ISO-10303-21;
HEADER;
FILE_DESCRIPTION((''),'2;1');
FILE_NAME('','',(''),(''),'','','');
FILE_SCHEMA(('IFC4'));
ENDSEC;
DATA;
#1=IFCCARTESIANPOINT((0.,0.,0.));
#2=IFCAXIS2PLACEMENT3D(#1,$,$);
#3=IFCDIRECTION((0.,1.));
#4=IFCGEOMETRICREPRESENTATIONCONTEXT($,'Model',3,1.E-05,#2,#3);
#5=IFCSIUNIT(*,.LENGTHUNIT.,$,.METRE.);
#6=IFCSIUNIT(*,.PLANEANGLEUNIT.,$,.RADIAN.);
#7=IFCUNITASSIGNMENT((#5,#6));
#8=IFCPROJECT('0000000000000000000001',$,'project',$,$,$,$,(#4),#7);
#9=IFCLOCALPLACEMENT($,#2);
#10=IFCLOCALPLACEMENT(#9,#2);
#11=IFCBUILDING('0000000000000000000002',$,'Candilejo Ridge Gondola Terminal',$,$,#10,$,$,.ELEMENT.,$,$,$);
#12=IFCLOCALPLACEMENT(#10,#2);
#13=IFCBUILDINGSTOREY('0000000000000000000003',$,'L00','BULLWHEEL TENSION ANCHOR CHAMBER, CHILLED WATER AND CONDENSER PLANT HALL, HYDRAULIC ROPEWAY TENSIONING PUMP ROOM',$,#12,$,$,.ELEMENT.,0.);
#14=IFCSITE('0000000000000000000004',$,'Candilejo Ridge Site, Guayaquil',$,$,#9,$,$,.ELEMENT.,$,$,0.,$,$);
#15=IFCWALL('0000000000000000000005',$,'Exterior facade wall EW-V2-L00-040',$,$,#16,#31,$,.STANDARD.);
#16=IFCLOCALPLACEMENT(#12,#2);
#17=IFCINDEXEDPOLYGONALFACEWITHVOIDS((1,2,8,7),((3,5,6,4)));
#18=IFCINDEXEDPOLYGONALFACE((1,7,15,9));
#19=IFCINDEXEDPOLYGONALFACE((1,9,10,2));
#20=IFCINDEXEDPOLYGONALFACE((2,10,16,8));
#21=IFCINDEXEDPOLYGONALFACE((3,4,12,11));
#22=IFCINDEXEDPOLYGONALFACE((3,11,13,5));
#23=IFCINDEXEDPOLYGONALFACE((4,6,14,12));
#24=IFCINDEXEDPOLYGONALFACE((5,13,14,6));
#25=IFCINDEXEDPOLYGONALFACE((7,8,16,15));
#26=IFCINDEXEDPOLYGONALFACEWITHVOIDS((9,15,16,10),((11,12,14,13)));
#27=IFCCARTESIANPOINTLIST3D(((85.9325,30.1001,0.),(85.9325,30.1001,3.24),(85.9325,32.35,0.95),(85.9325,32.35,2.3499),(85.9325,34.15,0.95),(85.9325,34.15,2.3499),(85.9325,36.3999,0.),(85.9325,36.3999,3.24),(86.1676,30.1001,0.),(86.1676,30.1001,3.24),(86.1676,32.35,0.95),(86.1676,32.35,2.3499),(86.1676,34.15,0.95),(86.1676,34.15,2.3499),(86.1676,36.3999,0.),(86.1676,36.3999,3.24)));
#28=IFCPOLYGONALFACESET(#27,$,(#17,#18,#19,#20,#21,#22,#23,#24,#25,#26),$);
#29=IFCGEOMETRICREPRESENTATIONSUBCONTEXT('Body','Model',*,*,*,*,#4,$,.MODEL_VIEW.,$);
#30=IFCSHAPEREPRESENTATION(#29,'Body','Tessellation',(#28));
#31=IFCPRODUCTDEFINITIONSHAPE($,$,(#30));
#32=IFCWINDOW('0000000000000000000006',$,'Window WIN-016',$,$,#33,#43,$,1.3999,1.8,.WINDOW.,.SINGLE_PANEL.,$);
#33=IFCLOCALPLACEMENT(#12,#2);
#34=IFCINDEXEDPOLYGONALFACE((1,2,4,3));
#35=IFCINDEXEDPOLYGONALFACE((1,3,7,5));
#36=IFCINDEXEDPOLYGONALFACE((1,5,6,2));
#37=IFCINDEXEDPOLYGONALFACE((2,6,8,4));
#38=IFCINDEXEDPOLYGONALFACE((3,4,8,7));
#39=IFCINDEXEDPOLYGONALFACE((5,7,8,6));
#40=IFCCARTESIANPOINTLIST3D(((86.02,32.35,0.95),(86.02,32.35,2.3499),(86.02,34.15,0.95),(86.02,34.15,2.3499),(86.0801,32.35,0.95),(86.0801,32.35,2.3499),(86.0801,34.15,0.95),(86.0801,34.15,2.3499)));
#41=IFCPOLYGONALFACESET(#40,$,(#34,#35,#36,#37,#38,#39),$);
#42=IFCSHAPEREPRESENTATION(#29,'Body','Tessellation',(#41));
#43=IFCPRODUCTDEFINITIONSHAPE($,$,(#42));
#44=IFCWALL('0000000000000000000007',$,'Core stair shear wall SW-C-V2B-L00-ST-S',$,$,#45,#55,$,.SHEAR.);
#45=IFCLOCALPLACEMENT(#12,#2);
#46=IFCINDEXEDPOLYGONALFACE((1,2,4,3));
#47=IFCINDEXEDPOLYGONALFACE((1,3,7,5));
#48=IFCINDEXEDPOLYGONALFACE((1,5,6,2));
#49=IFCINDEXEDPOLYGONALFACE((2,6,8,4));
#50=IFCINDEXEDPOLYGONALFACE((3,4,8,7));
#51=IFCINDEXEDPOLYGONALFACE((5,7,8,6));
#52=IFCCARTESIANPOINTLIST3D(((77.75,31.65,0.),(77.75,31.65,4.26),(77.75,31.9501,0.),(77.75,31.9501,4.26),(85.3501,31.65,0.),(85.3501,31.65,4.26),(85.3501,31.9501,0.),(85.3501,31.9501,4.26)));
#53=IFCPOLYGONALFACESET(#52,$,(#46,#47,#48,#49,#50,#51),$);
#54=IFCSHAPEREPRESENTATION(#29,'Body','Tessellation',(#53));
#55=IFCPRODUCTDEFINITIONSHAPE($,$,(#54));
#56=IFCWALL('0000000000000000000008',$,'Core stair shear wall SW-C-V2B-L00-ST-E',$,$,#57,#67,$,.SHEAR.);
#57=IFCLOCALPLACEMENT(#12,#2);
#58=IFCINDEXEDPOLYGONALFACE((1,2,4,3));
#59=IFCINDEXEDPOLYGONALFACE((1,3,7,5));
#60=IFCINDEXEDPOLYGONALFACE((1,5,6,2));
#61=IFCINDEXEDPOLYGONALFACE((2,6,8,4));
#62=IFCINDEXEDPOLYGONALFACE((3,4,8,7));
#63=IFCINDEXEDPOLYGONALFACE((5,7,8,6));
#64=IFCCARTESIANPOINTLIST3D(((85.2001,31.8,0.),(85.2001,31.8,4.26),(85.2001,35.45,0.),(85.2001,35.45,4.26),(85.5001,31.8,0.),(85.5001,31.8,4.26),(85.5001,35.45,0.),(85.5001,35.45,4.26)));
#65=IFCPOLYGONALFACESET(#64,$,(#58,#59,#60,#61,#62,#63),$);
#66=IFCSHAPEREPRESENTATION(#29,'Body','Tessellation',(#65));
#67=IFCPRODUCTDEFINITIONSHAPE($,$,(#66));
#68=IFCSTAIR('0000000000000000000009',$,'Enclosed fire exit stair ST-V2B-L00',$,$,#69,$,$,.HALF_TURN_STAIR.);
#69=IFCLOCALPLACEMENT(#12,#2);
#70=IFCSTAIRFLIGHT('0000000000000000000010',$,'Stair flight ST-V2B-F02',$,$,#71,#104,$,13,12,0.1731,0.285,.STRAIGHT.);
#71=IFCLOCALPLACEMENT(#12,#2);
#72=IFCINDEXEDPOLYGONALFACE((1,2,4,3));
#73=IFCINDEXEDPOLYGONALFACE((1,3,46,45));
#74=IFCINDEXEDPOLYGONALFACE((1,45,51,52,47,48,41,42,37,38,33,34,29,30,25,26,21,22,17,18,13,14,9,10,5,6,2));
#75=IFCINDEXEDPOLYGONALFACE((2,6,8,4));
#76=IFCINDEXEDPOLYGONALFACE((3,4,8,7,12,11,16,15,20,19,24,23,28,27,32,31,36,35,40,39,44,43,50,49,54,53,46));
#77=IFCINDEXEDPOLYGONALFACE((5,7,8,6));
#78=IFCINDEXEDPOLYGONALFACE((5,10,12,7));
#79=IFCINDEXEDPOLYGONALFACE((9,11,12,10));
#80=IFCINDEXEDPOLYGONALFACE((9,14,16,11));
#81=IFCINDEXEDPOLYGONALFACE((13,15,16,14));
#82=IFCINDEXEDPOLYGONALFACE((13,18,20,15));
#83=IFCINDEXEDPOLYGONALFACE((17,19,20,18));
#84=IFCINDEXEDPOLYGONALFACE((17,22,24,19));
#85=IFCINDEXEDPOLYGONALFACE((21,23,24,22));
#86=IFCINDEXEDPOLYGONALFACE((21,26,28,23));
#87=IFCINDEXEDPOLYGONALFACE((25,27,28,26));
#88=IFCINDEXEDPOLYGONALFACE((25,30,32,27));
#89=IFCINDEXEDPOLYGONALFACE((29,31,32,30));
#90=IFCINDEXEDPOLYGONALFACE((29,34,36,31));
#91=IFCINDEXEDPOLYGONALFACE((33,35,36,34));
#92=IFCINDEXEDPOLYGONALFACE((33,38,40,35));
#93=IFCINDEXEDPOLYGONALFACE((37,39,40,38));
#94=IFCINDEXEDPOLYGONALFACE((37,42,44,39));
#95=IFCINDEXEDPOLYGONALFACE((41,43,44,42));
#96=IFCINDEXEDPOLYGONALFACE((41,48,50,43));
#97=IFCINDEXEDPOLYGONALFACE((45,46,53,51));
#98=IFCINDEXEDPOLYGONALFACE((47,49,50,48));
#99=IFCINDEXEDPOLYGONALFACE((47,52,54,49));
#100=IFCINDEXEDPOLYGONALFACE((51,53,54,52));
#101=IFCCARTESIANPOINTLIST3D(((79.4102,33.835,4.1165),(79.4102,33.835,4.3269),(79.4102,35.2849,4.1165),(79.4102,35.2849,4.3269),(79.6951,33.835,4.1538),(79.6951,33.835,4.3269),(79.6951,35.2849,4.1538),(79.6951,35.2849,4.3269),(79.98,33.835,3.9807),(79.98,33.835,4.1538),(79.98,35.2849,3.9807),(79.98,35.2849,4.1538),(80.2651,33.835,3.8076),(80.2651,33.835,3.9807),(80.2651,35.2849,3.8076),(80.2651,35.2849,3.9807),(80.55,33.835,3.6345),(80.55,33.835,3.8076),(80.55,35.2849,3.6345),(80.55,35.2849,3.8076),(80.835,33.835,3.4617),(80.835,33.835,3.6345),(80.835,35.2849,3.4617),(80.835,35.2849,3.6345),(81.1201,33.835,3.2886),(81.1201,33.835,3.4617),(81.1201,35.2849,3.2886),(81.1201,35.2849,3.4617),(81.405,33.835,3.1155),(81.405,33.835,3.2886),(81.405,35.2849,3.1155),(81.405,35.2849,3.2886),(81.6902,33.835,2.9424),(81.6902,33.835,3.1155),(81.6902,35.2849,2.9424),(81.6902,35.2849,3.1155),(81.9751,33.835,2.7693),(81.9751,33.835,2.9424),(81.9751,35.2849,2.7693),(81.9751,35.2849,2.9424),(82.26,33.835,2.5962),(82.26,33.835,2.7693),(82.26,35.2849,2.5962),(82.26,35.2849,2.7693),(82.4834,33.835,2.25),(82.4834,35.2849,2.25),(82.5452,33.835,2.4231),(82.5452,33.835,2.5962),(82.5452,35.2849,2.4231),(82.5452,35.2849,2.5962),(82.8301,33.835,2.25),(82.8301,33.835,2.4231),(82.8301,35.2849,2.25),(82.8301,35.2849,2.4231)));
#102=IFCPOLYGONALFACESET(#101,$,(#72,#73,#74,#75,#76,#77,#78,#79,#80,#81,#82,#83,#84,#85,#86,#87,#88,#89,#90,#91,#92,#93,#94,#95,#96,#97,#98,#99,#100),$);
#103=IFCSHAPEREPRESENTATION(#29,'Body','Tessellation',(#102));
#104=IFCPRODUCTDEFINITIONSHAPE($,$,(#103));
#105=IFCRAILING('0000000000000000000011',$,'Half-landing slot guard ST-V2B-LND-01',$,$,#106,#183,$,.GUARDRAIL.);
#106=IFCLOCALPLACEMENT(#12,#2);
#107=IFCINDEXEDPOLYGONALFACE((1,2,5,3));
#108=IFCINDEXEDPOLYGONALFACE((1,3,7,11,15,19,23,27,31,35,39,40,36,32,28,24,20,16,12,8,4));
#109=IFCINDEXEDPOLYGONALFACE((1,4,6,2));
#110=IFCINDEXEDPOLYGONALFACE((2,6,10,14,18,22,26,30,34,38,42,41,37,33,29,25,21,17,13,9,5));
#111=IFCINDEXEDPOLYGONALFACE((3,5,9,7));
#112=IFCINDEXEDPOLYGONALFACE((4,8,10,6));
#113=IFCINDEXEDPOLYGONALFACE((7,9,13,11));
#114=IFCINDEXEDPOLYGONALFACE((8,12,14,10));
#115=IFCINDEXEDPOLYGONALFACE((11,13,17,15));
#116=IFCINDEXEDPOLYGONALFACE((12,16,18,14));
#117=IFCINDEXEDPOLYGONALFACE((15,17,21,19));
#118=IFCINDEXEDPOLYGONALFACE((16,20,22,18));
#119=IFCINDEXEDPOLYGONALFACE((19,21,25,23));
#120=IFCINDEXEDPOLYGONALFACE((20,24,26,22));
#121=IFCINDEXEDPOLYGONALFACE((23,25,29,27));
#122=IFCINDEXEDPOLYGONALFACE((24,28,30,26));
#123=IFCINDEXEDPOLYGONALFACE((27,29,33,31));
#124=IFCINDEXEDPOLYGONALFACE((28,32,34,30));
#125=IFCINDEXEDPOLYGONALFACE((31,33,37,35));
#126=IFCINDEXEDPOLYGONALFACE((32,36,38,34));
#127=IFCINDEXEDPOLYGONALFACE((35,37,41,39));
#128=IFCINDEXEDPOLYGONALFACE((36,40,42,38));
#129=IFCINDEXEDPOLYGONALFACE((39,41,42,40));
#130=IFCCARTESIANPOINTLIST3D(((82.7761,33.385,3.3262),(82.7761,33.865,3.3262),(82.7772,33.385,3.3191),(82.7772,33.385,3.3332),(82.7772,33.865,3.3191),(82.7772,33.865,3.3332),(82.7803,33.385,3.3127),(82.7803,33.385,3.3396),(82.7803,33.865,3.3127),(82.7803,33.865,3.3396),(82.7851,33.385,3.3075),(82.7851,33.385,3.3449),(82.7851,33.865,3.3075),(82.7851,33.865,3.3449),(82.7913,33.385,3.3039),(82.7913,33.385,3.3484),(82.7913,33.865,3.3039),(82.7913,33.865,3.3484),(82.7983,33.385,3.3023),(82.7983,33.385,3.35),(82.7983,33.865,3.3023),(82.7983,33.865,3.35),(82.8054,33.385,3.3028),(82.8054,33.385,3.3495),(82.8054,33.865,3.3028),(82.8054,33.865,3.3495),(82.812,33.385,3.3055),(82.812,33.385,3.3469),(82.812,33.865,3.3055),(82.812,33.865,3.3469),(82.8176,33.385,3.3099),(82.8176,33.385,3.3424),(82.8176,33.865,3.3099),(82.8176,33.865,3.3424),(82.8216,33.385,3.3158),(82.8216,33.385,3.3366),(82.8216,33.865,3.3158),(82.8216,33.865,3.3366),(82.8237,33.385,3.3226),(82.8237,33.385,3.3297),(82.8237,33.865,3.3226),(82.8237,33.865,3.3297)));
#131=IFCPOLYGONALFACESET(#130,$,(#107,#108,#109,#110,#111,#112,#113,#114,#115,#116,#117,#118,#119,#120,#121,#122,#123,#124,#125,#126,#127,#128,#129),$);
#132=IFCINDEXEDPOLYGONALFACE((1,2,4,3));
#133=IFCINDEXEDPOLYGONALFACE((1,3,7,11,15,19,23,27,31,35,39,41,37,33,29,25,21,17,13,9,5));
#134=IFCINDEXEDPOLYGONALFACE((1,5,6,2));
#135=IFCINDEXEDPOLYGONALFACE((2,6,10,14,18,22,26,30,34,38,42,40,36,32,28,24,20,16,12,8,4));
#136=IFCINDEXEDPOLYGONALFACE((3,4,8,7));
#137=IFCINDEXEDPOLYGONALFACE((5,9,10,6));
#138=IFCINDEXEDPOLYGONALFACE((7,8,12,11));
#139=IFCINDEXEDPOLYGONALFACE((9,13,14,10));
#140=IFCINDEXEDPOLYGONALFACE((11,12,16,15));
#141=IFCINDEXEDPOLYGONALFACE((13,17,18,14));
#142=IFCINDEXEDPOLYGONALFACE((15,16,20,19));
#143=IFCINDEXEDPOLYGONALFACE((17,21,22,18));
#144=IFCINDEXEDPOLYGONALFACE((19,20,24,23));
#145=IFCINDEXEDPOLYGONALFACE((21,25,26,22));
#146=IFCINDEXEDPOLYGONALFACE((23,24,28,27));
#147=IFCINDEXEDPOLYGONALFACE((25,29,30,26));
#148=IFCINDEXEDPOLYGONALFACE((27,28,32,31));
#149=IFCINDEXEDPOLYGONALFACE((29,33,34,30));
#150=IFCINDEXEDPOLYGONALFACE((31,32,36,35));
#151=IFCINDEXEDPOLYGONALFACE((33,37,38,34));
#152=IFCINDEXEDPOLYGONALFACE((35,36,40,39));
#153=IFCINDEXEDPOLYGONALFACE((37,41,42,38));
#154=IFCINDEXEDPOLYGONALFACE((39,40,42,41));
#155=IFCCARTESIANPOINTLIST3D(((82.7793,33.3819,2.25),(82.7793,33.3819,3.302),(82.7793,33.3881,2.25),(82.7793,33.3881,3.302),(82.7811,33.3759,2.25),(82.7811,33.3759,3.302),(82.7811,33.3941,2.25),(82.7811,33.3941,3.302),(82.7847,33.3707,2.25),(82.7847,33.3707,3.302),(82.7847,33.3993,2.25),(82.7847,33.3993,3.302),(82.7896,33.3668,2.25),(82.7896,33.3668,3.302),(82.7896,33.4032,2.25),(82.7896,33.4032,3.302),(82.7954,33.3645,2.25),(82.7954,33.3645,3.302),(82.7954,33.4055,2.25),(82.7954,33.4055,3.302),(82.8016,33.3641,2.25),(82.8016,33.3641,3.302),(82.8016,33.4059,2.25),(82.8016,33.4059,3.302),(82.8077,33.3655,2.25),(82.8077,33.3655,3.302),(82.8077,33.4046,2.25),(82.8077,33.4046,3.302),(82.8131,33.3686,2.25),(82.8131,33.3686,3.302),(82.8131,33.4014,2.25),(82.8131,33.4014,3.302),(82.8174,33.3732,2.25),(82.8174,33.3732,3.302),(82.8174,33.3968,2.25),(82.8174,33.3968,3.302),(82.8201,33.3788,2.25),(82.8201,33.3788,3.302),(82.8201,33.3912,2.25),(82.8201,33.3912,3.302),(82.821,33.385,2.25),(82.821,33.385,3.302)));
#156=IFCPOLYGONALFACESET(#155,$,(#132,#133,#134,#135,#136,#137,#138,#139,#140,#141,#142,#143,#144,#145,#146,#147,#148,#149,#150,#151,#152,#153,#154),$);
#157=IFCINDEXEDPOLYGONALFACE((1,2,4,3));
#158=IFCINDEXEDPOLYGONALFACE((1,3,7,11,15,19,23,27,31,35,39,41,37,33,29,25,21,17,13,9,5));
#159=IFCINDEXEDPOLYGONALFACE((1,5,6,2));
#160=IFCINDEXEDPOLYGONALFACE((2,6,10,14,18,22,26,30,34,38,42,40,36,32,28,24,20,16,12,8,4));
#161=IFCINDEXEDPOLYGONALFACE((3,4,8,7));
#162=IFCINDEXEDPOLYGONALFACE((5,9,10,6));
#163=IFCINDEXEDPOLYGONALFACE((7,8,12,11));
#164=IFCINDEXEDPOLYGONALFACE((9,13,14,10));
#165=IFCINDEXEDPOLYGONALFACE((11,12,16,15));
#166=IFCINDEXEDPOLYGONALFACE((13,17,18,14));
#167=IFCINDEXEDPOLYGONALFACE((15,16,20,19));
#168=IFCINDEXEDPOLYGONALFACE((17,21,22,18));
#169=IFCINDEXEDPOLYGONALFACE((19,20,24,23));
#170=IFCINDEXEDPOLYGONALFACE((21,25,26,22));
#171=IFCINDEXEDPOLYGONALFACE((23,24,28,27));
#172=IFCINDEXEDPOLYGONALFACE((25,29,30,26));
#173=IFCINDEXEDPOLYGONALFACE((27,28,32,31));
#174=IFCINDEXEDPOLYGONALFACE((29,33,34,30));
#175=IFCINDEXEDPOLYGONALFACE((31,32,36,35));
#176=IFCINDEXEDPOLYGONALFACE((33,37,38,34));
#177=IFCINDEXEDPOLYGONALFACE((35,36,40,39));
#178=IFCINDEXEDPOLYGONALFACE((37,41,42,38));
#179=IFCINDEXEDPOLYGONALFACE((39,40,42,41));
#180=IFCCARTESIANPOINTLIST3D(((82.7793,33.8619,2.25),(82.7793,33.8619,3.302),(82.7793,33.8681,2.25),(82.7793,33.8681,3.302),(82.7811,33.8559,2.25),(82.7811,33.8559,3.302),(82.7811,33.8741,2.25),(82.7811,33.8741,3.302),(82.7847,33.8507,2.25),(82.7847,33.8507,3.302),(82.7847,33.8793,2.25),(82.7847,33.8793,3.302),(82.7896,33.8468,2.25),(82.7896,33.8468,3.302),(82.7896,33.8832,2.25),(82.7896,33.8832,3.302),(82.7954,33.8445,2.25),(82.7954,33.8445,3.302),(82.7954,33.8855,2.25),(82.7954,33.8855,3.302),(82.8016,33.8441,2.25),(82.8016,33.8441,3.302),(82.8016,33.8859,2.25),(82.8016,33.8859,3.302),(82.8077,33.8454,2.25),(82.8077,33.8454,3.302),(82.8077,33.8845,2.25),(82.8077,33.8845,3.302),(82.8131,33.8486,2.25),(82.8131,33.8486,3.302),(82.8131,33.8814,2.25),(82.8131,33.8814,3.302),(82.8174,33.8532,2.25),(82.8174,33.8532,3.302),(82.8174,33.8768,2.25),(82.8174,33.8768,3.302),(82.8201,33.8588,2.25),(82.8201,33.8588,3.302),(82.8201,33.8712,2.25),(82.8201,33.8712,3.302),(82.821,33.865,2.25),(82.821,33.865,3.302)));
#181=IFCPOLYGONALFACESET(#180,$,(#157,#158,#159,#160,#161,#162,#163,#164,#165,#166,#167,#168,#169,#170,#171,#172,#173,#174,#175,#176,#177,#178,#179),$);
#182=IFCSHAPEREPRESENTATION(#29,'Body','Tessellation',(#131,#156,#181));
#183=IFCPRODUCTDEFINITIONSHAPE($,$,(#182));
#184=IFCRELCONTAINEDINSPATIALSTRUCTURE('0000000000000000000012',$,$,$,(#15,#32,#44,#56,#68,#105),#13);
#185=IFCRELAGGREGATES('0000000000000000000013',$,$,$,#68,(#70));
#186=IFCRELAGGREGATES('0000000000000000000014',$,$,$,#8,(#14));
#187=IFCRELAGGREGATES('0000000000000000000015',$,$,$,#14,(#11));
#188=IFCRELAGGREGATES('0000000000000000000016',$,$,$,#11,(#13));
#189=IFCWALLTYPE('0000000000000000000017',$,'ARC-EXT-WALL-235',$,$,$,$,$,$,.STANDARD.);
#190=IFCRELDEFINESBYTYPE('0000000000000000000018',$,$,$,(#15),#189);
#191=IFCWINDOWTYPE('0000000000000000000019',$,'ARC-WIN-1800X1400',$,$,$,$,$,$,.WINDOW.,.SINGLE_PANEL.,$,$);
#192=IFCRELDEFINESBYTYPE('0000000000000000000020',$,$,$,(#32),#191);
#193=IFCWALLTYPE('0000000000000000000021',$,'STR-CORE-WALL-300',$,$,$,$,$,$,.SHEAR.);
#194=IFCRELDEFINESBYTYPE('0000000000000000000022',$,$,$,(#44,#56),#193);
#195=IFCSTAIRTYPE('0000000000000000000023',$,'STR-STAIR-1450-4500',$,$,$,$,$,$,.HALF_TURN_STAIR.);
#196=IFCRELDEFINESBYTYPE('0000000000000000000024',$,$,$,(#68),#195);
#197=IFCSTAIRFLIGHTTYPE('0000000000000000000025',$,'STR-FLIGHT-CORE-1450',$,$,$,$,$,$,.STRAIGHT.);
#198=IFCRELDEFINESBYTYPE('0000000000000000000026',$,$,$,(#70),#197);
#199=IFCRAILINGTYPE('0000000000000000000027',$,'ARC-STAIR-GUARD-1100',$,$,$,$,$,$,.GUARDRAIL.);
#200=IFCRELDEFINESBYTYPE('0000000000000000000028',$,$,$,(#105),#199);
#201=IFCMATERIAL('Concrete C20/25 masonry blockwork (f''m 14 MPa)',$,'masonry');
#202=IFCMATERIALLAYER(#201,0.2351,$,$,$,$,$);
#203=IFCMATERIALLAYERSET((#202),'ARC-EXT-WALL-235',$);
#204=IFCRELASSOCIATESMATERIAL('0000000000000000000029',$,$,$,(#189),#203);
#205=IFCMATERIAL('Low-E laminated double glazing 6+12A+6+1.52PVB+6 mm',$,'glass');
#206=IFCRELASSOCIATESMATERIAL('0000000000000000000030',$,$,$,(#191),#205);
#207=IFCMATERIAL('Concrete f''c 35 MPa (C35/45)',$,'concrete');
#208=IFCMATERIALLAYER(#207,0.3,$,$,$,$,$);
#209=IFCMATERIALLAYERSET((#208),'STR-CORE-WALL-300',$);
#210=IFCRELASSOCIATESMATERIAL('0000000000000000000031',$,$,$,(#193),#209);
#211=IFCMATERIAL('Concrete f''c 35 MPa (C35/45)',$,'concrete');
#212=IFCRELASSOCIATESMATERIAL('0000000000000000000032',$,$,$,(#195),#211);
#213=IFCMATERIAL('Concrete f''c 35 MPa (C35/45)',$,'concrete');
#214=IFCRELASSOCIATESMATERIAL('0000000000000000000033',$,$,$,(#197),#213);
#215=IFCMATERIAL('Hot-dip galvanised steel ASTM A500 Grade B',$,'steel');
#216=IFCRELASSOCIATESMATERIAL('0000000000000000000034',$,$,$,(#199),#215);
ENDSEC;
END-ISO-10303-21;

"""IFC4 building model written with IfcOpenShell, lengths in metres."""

from ifc_helpers import new_model, si_unit, direction, frame, frame_2d, origin, origin_2d, place, context, subcontext, project, spatial, polyline, rectangle, circle, outline, extrude, material, layer, layer_set, type_object, element, fill, aggregate, save


model = new_model("IFC4")

# Units and contexts
model_context = context("Model", 3, precision=1e-05, world=origin(), true_north=direction((0.0, 1.0)))
body_context = subcontext(model_context, "Body", "Model", "MODEL_VIEW")
ifc_project = project(units=[si_unit("LENGTHUNIT", "METRE"), si_unit("PLANEANGLEUNIT", "RADIAN")], contexts=[model_context])

# Site, building, storey
site_placement = place(None, origin())
site = spatial("IfcSite", under=ifc_project, at=site_placement, Name="Candilejo Ridge Site, Guayaquil", CompositionType="ELEMENT", RefElevation=0.0)
building_placement = place(site_placement, origin())
building = spatial("IfcBuilding", under=site, at=building_placement, Name="Candilejo Ridge Gondola Terminal", CompositionType="ELEMENT")
storey_placement = place(building_placement, origin())
storey = spatial("IfcBuildingStorey", under=building, at=storey_placement, Name="L00", Description="BULLWHEEL TENSION ANCHOR CHAMBER, CHILLED WATER AND CONDENSER PLANT HALL, HYDRAULIC ROPEWAY TENSIONING PUMP ROOM", CompositionType="ELEMENT", Elevation=0.0)

# Wall, opening, window
ifc_material_1 = material(Name="Concrete C20/25 masonry blockwork (f'm 14 MPa)", Category="masonry")
ifc_layer_1 = layer(ifc_material_1, 0.2351)
ifc_layer_set_1 = layer_set([ifc_layer_1], Name="ARC-EXT-WALL-235")
wall_type_1 = type_object("IfcWallType", Name="ARC-EXT-WALL-235", PredefinedType="STANDARD", material=ifc_layer_set_1)
wall_1_placement = place(storey_placement, frame((86.05, 36.3999, 0.0), z_axis=(0.0, 0.0, 1.0), x_axis=(0.0, -1.0, 0.0)))
wall_1 = element("IfcWall", 1, at=wall_1_placement, inside=storey, type_object=wall_type_1, Name="Exterior facade wall EW-V2-L00-040", PredefinedType="STANDARD", context=body_context, shape_type="SweptSolid", body=[
    extrude(rectangle(XDim=6.2998, YDim=0.2351, at=frame_2d((3.1499, 0.0))), origin(), (0.0, 0.0, 1.0), 3.24),
])
opening_1_placement = place(wall_1_placement, frame((2.25, 0.0, 0.95)))
opening_1 = element("IfcOpeningElement", 2, at=opening_1_placement, cuts=wall_1, PredefinedType="OPENING", context=body_context, shape_type="SweptSolid", body=[
    extrude(rectangle(XDim=1.8, YDim=1.3999, at=frame_2d((0.8999, 0.7))), frame((0.0, 0.1274, 0.0), z_axis=(0.0, -1.0, 0.0), x_axis=(1.0, 0.0, 0.0)), (0.0, 0.0, 1.0), 0.2551),
])
ifc_material_2 = material(Name="Low-E laminated double glazing 6+12A+6+1.52PVB+6 mm", Category="glass")
window_type_1 = type_object("IfcWindowType", Name="ARC-WIN-1800X1400", PartitioningType="SINGLE_PANEL", PredefinedType="WINDOW", material=ifc_material_2)
window_1_placement = place(opening_1_placement, origin())
window_1 = element("IfcWindow", 3, at=window_1_placement, inside=storey, type_object=window_type_1, Name="Window WIN-016", OverallHeight=1.3999, OverallWidth=1.8, PartitioningType="SINGLE_PANEL", PredefinedType="WINDOW", context=body_context, shape_type="SweptSolid", body=[
    extrude(rectangle(XDim=1.8, YDim=1.3999, at=frame_2d((0.8999, 0.7))), frame((0.0, 0.03, 0.0), z_axis=(0.0, -1.0, 0.0), x_axis=(1.0, 0.0, 0.0)), (0.0, 0.0, 1.0), 0.0601),
])
fill(opening_1, window_1)

# Walls
ifc_material_3 = material(Name="Concrete f'c 35 MPa (C35/45)", Category="concrete")
ifc_layer_2 = layer(ifc_material_3, 0.3)
ifc_layer_set_2 = layer_set([ifc_layer_2], Name="STR-CORE-WALL-300")
wall_type_2 = type_object("IfcWallType", Name="STR-CORE-WALL-300", PredefinedType="SHEAR", material=ifc_layer_set_2)
wall_2_placement = place(storey_placement, frame((85.3501, 31.8, 0.0), z_axis=(0.0, 0.0, 1.0), x_axis=(-1.0, 0.0, 0.0)))
element("IfcWall", 4, at=wall_2_placement, inside=storey, type_object=wall_type_2, Name="Core stair shear wall SW-C-V2B-L00-ST-S", PredefinedType="SHEAR", context=body_context, shape_type="SweptSolid", body=[
    extrude(rectangle(XDim=7.6001, YDim=0.3, at=frame_2d((3.8, 0.0))), origin(), (0.0, 0.0, 1.0), 4.26),
])
wall_3_placement = place(storey_placement, frame((85.3501, 35.45, 0.0), z_axis=(0.0, 0.0, 1.0), x_axis=(0.0, -1.0, 0.0)))
element("IfcWall", 5, at=wall_3_placement, inside=storey, type_object=wall_type_2, Name="Core stair shear wall SW-C-V2B-L00-ST-E", PredefinedType="SHEAR", context=body_context, shape_type="SweptSolid", body=[
    extrude(rectangle(XDim=3.6499, YDim=0.3, at=frame_2d((1.825, 0.0))), origin(), (0.0, 0.0, 1.0), 4.26),
])

# Stair, stair flight
ifc_material_4 = material(Name="Concrete f'c 35 MPa (C35/45)", Category="concrete")
stair_type = type_object("IfcStairType", Name="STR-STAIR-1450-4500", PredefinedType="HALF_TURN_STAIR", material=ifc_material_4)
stair_placement = place(storey_placement, origin())
stair = element("IfcStair", 6, at=stair_placement, inside=storey, type_object=stair_type, Name="Enclosed fire exit stair ST-V2B-L00", PredefinedType="HALF_TURN_STAIR")
ifc_material_5 = material(Name="Concrete f'c 35 MPa (C35/45)", Category="concrete")
stair_flight_type = type_object("IfcStairFlightType", Name="STR-FLIGHT-CORE-1450", PredefinedType="STRAIGHT", material=ifc_material_5)
stair_flight_placement = place(storey_placement, frame((82.8301, 34.5601, 2.25), z_axis=(0.0, 0.0, 1.0), x_axis=(-1.0, 0.0, 0.0)))
stair_flight = element("IfcStairFlight", 7, at=stair_flight_placement, type_object=stair_flight_type, Name="Stair flight ST-V2B-F02", NumberOfRisers=13, NumberOfTreads=12, PredefinedType="STRAIGHT", RiserHeight=0.1731, TreadLength=0.285, context=body_context, shape_type="SweptSolid", body=[
    extrude(outline(polyline([(0.0, 0.0), (0.0, 0.1731), (0.2849, 0.1731), (0.2849, 0.3462), (0.5701, 0.3462), (0.5701, 0.5193), (0.855, 0.5193), (0.855, 0.6924), (1.1399, 0.6924), (1.1399, 0.8655), (1.425, 0.8655), (1.425, 1.0386), (1.71, 1.0386), (1.71, 1.2117), (1.9951, 1.2117), (1.9951, 1.3845), (2.28, 1.3845), (2.28, 1.5576), (2.5649, 1.5576), (2.5649, 1.7307), (2.8501, 1.7307), (2.8501, 1.9038), (3.135, 1.9038), (3.135, 2.0769), (3.4199, 2.0769), (3.4199, 2.25), (3.4199, 1.8665), (0.3467, 0.0), (0.0, 0.0)])), frame((0.0, 0.7251, 0.0), z_axis=(0.0, -1.0, 0.0), x_axis=(1.0, 0.0, 0.0)), (0.0, 0.0, 1.0), 1.45),
])
aggregate(stair, [stair_flight])

# Railing
ifc_material_6 = material(Name="Hot-dip galvanised steel ASTM A500 Grade B", Category="steel")
railing_type_1 = type_object("IfcRailingType", Name="ARC-STAIR-GUARD-1100", PredefinedType="GUARDRAIL", material=ifc_material_6)
railing_1_placement = place(storey_placement, frame((82.8, 33.385, 2.25)))
element("IfcRailing", 8, at=railing_1_placement, inside=storey, type_object=railing_type_1, Name="Half-landing slot guard ST-V2B-LND-01", PredefinedType="GUARDRAIL", context=body_context, shape_type="SweptSolid", body=[
    extrude(circle(Radius=0.0239, at=origin_2d()), frame((0.0, 0.0, 1.0762), z_axis=(0.0, 1.0, 0.0), x_axis=(-1.0, 0.0, 0.0)), (0.0, 0.0, 1.0), 0.48),
    extrude(circle(Radius=0.021, at=origin_2d()), origin(), (0.0, 0.0, 1.0), 1.052),
    extrude(circle(Radius=0.021, at=origin_2d()), frame((0.0, 0.48, 0.0)), (0.0, 0.0, 1.0), 1.052),
])

save(model, "model.ifc")
